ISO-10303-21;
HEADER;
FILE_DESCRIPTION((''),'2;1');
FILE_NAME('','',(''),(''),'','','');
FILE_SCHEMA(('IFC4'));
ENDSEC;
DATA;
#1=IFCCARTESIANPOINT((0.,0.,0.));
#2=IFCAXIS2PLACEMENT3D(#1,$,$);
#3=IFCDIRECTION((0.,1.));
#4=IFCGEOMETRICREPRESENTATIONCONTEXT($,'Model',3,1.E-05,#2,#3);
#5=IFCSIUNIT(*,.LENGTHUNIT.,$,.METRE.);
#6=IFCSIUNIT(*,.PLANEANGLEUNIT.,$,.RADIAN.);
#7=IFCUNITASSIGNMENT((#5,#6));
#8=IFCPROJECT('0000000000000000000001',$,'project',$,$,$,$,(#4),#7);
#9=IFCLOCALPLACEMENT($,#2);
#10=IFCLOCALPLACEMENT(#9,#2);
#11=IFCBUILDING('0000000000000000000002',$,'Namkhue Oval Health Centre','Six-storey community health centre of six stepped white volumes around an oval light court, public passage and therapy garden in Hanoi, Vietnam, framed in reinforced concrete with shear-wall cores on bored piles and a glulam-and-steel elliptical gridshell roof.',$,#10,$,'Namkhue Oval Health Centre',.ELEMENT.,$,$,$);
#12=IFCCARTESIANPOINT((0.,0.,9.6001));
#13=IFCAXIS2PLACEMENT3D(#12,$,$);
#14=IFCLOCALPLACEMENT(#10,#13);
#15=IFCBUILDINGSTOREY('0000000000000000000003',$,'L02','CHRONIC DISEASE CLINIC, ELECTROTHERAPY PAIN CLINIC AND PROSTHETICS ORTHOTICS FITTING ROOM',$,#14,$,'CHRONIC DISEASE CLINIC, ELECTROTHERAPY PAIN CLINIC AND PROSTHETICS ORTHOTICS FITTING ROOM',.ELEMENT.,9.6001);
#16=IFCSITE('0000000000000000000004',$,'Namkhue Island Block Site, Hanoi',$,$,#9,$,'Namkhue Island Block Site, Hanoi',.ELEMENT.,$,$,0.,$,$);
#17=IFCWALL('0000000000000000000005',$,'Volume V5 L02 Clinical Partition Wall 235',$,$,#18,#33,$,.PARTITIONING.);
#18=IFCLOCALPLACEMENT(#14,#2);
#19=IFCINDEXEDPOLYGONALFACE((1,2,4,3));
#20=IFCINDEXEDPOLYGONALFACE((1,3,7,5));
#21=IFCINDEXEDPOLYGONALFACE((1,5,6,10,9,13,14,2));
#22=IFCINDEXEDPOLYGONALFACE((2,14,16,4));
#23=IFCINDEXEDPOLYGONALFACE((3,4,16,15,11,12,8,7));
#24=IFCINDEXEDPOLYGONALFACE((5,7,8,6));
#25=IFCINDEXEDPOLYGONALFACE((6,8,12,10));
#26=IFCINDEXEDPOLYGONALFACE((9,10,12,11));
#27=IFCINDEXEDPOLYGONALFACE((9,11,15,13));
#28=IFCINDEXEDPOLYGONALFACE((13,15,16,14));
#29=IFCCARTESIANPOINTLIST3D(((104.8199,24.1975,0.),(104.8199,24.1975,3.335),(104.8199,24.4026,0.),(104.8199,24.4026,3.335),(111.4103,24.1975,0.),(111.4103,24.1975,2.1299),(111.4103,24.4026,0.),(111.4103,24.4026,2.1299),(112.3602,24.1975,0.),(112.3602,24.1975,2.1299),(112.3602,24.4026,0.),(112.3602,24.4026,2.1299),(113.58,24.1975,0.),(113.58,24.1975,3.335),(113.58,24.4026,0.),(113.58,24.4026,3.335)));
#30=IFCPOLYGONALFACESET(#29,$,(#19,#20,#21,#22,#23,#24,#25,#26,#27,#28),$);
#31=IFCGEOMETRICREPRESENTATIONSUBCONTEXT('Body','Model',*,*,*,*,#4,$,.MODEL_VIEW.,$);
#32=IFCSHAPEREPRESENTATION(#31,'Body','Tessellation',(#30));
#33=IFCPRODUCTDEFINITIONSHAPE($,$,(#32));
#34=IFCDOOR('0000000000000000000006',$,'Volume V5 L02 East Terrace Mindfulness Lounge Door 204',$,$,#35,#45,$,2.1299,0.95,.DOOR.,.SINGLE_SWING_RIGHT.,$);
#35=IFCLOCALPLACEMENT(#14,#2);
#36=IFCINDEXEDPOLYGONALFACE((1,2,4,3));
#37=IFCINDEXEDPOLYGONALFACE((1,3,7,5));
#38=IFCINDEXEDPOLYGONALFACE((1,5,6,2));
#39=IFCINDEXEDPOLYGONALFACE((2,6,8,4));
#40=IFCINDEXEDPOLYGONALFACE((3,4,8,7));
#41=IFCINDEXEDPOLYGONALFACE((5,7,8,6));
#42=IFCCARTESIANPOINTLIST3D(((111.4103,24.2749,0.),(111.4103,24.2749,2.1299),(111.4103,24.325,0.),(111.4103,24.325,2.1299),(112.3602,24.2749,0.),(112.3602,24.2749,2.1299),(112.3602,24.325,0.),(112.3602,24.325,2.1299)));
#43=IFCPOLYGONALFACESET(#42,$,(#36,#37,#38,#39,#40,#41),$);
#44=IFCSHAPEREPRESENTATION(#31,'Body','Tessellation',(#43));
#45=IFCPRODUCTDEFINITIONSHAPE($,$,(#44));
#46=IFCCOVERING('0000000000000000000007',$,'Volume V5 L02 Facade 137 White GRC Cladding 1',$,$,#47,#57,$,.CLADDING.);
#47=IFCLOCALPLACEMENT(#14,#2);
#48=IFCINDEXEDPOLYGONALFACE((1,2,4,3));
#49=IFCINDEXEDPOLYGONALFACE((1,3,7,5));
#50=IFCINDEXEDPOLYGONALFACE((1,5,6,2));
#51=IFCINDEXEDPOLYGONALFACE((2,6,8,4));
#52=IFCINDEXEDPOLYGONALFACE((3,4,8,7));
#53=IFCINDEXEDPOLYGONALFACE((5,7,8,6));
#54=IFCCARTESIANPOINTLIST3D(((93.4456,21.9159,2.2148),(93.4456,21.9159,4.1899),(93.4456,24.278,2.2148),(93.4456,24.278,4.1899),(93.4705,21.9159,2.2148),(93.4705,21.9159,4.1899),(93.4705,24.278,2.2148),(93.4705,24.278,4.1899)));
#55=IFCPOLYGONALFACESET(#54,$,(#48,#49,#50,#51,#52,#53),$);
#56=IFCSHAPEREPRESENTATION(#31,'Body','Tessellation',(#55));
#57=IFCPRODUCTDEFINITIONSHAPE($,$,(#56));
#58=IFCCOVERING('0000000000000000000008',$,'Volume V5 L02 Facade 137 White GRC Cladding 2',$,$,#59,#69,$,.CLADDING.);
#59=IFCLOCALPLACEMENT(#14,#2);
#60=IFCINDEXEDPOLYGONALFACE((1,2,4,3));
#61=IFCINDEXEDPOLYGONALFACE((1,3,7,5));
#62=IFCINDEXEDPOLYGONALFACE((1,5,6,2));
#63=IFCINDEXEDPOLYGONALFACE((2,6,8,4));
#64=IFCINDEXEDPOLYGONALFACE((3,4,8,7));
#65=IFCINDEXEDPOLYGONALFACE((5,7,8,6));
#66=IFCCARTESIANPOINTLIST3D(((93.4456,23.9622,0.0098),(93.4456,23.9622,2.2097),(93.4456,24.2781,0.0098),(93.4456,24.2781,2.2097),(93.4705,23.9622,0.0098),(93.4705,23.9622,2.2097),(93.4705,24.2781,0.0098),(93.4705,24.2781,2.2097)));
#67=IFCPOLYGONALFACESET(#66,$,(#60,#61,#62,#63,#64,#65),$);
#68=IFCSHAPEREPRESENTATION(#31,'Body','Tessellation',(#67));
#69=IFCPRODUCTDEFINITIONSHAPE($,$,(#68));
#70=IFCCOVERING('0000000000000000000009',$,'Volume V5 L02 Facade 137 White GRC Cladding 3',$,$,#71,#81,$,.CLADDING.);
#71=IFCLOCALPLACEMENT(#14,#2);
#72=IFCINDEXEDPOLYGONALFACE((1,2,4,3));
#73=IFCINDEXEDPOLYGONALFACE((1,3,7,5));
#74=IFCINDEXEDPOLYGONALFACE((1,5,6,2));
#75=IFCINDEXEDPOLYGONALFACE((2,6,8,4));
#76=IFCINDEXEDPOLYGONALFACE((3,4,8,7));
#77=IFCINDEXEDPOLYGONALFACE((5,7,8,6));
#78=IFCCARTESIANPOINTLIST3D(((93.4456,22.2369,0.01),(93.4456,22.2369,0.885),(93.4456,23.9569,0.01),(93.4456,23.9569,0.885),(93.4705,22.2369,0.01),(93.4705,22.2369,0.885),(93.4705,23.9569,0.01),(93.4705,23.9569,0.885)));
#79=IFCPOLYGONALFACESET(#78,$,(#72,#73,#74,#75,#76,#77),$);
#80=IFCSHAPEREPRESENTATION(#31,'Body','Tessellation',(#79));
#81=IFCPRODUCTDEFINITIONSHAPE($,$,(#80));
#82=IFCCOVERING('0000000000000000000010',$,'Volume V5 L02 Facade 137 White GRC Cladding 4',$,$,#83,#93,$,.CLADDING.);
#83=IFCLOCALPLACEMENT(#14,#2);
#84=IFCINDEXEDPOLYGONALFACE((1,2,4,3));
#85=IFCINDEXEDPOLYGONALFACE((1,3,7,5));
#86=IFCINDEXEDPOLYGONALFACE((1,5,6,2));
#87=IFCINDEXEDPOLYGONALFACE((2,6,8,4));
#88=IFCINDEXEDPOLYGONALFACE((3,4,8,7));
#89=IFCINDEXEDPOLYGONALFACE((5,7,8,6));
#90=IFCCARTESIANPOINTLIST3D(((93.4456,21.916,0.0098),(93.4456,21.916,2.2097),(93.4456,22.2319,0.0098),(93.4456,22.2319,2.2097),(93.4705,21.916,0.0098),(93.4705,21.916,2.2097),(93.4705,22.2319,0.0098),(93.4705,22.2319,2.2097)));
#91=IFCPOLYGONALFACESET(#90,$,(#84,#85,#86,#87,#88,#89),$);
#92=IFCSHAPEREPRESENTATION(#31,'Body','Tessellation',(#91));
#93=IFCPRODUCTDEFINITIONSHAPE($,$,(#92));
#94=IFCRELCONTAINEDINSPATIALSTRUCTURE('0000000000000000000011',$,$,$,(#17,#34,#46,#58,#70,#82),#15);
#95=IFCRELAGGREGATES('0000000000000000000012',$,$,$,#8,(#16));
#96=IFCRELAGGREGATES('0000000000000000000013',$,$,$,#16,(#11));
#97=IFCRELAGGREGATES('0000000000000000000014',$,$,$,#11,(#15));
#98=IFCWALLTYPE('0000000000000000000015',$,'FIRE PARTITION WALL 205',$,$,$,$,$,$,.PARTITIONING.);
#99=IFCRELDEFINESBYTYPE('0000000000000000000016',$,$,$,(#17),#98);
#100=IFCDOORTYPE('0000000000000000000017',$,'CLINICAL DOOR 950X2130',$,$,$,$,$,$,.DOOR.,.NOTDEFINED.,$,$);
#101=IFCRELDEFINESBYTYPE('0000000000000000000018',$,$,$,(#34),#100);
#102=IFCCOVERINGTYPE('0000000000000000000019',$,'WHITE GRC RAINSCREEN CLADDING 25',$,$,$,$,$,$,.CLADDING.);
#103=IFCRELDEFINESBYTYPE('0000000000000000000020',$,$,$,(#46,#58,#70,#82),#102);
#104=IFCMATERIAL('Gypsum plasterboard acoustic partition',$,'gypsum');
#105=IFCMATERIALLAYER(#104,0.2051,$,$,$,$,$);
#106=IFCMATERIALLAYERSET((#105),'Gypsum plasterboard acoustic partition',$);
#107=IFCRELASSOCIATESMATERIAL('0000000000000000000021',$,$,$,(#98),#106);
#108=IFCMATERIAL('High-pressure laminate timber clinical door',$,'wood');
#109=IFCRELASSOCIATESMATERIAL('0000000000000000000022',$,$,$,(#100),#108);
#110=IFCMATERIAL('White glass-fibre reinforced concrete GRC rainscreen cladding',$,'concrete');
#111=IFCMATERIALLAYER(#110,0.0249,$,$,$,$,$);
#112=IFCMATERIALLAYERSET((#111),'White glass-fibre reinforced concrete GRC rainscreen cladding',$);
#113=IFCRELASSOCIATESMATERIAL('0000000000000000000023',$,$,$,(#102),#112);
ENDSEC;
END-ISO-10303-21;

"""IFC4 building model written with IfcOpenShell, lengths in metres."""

from ifc_helpers import new_model, si_unit, direction, frame, frame_2d, origin, origin_2d, place, context, subcontext, project, spatial, rectangle, extrude, material, layer, layer_set, type_object, element, fill, save


model = new_model("IFC4")

# Units and contexts
model_context = context("Model", 3, precision=1e-05, world=origin(), true_north=direction((0.0, 1.0)))
body_context = subcontext(model_context, "Body", "Model", "MODEL_VIEW")
ifc_project = project(units=[si_unit("LENGTHUNIT", "METRE"), si_unit("PLANEANGLEUNIT", "RADIAN")], contexts=[model_context])

# Site, building, storey
site_placement = place(None, origin())
site = spatial("IfcSite", under=ifc_project, at=site_placement, Name="Namkhue Island Block Site, Hanoi", LongName="Namkhue Island Block Site, Hanoi", CompositionType="ELEMENT", RefElevation=0.0)
building_placement = place(site_placement, origin())
building = spatial("IfcBuilding", under=site, at=building_placement, Name="Namkhue Oval Health Centre", Description="Six-storey community health centre of six stepped white volumes around an oval light court, public passage and therapy garden in Hanoi, Vietnam, framed in reinforced concrete with shear-wall cores on bored piles and a glulam-and-steel elliptical gridshell roof.", LongName="Namkhue Oval Health Centre", CompositionType="ELEMENT")
storey_placement = place(building_placement, frame((0.0, 0.0, 9.6001)))
storey = spatial("IfcBuildingStorey", under=building, at=storey_placement, Name="L02", Description="CHRONIC DISEASE CLINIC, ELECTROTHERAPY PAIN CLINIC AND PROSTHETICS ORTHOTICS FITTING ROOM", LongName="CHRONIC DISEASE CLINIC, ELECTROTHERAPY PAIN CLINIC AND PROSTHETICS ORTHOTICS FITTING ROOM", CompositionType="ELEMENT", Elevation=9.6001)

# Shared definitions
ifc_material_1 = material(Name="Gypsum plasterboard acoustic partition", Category="gypsum")
ifc_material_2 = material(Name="High-pressure laminate timber clinical door", Category="wood")

# Wall, opening, door
ifc_layer_1 = layer(ifc_material_1, 0.2051)
ifc_layer_set_1 = layer_set([ifc_layer_1], Name="Gypsum plasterboard acoustic partition")
wall_type_1 = type_object("IfcWallType", Name="FIRE PARTITION WALL 205", PredefinedType="PARTITIONING", material=ifc_layer_set_1)
wall_1_placement = place(storey_placement, frame((104.8201, 24.3, 0.0), z_axis=(0.0, 0.0, 1.0), x_axis=(1.0, 0.0, 0.0)))
wall_1 = element("IfcWall", 1, at=wall_1_placement, inside=storey, type_object=wall_type_1, Name="Volume V5 L02 Clinical Partition Wall 235", PredefinedType="PARTITIONING", context=body_context, shape_type="SweptSolid", body=[
    extrude(rectangle(XDim=8.76, YDim=0.2051, at=frame_2d((4.3799, 0.0))), origin(), (0.0, 0.0, 1.0), 3.335),
])
opening_1_placement = place(wall_1_placement, frame((6.5901, 0.0, 0.0)))
opening_1 = element("IfcOpeningElement", 2, at=opening_1_placement, cuts=wall_1, PredefinedType="OPENING", context=body_context, shape_type="SweptSolid", body=[
    extrude(rectangle(XDim=0.95, YDim=2.1299, at=frame_2d((0.4751, 1.0649))), frame((0.0, 0.1125, 0.0), z_axis=(0.0, -1.0, 0.0), x_axis=(1.0, 0.0, 0.0)), (0.0, 0.0, 1.0), 0.2251),
])
door_type_1 = type_object("IfcDoorType", Name="CLINICAL DOOR 950X2130", OperationType="NOTDEFINED", PredefinedType="DOOR", material=ifc_material_2)
door_1_placement = place(opening_1_placement, origin())
door_1 = element("IfcDoor", 3, at=door_1_placement, inside=storey, type_object=door_type_1, Name="Volume V5 L02 East Terrace Mindfulness Lounge Door 204", OperationType="SINGLE_SWING_RIGHT", OverallHeight=2.1299, OverallWidth=0.95, PredefinedType="DOOR", context=body_context, shape_type="SweptSolid", body=[
    extrude(rectangle(XDim=0.95, YDim=2.1299, at=frame_2d((0.4751, 1.0649))), frame((0.0, 0.0249, 0.0), z_axis=(0.0, -1.0, 0.0), x_axis=(1.0, 0.0, 0.0)), (0.0, 0.0, 1.0), 0.05),
])
fill(opening_1, door_1)

# Coverings
ifc_material_3 = material(Name="White glass-fibre reinforced concrete GRC rainscreen cladding", Category="concrete")
ifc_layer_2 = layer(ifc_material_3, 0.0249)
ifc_layer_set_2 = layer_set([ifc_layer_2], Name="White glass-fibre reinforced concrete GRC rainscreen cladding")
covering_type = type_object("IfcCoveringType", Name="WHITE GRC RAINSCREEN CLADDING 25", PredefinedType="CLADDING", material=ifc_layer_set_2)
covering_1_placement = place(storey_placement, frame((93.458, 23.0969, 2.2148), z_axis=(0.0, 0.0, 1.0), x_axis=(0.0, -1.0, 0.0)))
element("IfcCovering", 4, at=covering_1_placement, inside=storey, type_object=covering_type, Name="Volume V5 L02 Facade 137 White GRC Cladding 1", PredefinedType="CLADDING", context=body_context, shape_type="SweptSolid", body=[
    extrude(rectangle(XDim=2.3621, YDim=0.0249, at=origin_2d()), origin(), (0.0, 0.0, 1.0), 1.9751),
])
covering_2_placement = place(storey_placement, frame((93.458, 24.1201, 0.0098), z_axis=(0.0, 0.0, 1.0), x_axis=(0.0, -1.0, 0.0)))
element("IfcCovering", 5, at=covering_2_placement, inside=storey, type_object=covering_type, Name="Volume V5 L02 Facade 137 White GRC Cladding 2", PredefinedType="CLADDING", context=body_context, shape_type="SweptSolid", body=[
    extrude(rectangle(XDim=0.3159, YDim=0.0249, at=origin_2d()), origin(), (0.0, 0.0, 1.0), 2.2),
])
covering_3_placement = place(storey_placement, frame((93.458, 23.0969, 0.01), z_axis=(0.0, 0.0, 1.0), x_axis=(0.0, -1.0, 0.0)))
element("IfcCovering", 6, at=covering_3_placement, inside=storey, type_object=covering_type, Name="Volume V5 L02 Facade 137 White GRC Cladding 3", PredefinedType="CLADDING", context=body_context, shape_type="SweptSolid", body=[
    extrude(rectangle(XDim=1.72, YDim=0.0249, at=origin_2d()), origin(), (0.0, 0.0, 1.0), 0.875),
])
covering_4_placement = place(storey_placement, frame((93.458, 22.074, 0.0098), z_axis=(0.0, 0.0, 1.0), x_axis=(0.0, -1.0, 0.0)))
element("IfcCovering", 7, at=covering_4_placement, inside=storey, type_object=covering_type, Name="Volume V5 L02 Facade 137 White GRC Cladding 4", PredefinedType="CLADDING", context=body_context, shape_type="SweptSolid", body=[
    extrude(rectangle(XDim=0.3159, YDim=0.0249, at=origin_2d()), origin(), (0.0, 0.0, 1.0), 2.2),
])

save(model, "model.ifc")
